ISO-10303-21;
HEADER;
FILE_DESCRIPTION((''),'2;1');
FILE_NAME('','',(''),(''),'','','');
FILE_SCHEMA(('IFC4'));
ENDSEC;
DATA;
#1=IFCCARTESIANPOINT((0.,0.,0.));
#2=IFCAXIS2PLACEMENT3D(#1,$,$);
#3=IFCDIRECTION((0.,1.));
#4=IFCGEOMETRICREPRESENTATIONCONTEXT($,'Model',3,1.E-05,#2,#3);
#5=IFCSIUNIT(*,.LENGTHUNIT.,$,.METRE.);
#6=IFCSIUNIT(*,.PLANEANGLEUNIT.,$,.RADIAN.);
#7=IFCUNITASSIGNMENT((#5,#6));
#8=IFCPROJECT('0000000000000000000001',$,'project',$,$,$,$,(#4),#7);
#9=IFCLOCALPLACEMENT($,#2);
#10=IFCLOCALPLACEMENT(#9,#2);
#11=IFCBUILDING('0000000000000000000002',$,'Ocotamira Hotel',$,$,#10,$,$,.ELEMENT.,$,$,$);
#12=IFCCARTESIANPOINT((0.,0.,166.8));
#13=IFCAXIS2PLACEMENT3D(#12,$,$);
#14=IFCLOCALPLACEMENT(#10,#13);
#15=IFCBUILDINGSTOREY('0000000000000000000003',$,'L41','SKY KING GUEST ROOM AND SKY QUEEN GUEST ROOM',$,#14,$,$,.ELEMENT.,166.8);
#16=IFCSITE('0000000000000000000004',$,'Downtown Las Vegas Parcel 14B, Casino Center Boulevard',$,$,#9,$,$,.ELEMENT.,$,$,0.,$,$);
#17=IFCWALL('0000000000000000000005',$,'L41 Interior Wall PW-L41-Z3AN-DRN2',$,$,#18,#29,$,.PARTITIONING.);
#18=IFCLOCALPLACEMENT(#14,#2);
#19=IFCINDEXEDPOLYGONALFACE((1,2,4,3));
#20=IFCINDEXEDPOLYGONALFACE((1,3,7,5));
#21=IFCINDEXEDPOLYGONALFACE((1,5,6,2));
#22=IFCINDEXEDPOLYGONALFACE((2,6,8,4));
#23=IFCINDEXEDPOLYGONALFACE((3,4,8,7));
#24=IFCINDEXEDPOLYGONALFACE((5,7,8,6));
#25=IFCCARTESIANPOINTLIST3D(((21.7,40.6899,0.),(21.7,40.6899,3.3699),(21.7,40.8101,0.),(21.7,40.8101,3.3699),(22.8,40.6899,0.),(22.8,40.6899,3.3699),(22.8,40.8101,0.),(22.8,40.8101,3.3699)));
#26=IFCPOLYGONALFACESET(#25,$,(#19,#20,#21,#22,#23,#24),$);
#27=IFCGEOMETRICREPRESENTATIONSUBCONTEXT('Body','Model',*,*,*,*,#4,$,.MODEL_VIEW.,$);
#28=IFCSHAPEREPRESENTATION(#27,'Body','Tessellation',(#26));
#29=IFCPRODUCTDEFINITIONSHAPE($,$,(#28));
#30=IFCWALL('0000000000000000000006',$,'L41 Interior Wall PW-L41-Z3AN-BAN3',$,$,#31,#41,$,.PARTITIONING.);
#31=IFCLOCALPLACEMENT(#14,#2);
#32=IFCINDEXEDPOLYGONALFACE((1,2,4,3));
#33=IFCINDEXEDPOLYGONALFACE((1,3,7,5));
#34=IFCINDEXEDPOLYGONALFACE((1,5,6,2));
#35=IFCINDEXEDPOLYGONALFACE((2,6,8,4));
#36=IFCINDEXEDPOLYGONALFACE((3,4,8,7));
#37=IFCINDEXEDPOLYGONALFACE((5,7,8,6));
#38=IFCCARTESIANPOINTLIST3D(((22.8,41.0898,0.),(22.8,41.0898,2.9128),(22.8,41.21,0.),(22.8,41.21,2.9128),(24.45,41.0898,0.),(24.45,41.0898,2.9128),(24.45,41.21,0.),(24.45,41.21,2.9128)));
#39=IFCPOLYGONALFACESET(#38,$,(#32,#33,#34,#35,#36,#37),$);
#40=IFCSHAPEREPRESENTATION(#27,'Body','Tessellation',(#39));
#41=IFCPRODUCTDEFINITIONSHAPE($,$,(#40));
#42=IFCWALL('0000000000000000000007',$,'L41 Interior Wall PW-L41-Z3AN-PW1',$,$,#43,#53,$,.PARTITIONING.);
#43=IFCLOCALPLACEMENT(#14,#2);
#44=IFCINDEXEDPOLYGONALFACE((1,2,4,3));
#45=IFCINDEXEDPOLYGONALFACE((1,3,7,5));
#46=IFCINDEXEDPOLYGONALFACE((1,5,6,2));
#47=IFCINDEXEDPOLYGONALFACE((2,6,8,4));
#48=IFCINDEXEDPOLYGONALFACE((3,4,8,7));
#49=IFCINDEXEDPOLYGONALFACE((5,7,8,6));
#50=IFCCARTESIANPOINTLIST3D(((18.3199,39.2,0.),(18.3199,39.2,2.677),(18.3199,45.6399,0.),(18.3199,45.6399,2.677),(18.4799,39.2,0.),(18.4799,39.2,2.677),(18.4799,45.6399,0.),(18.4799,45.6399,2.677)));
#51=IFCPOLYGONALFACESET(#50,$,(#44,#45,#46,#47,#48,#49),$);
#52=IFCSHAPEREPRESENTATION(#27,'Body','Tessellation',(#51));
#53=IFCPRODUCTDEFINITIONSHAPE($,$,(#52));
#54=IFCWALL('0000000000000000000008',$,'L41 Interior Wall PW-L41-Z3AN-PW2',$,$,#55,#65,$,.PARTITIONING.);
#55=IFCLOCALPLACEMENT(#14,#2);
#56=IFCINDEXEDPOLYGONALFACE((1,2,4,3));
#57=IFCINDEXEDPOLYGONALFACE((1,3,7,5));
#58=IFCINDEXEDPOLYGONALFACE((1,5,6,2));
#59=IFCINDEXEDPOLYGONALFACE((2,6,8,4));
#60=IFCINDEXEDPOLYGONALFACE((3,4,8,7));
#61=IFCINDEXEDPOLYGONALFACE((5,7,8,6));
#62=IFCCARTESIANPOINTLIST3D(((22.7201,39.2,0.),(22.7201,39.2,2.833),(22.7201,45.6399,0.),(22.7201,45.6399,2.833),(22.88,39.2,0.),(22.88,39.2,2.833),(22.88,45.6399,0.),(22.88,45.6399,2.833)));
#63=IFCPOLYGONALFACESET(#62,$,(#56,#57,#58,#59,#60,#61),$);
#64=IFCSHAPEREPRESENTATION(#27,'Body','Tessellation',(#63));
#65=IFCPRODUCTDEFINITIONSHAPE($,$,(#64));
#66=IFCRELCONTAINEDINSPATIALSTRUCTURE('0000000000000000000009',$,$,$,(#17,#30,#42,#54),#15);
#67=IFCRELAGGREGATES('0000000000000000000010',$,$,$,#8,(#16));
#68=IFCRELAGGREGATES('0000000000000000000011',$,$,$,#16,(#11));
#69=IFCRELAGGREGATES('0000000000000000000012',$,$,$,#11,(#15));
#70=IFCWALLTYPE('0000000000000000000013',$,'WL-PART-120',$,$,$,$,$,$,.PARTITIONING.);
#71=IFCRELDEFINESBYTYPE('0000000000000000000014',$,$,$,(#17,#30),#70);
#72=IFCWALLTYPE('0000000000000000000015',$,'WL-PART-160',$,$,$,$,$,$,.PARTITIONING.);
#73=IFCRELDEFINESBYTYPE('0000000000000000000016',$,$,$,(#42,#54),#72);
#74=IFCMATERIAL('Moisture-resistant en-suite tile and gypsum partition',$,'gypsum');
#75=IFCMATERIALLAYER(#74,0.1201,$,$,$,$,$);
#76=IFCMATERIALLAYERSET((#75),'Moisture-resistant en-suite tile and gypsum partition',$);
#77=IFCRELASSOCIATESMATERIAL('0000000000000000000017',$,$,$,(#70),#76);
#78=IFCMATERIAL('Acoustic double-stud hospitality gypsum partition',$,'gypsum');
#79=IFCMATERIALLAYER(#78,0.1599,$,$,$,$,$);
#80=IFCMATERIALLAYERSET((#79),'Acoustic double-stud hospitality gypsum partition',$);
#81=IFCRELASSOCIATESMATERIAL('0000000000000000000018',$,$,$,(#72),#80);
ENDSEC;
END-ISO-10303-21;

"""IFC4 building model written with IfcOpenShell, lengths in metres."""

from ifc_helpers import new_model, si_unit, direction, frame, frame_2d, origin, place, context, subcontext, project, spatial, rectangle, extrude, material, layer, layer_set, type_object, element, save


model = new_model("IFC4")

# Units and contexts
model_context = context("Model", 3, precision=1e-05, world=origin(), true_north=direction((0.0, 1.0)))
body_context = subcontext(model_context, "Body", "Model", "MODEL_VIEW")
ifc_project = project(units=[si_unit("LENGTHUNIT", "METRE"), si_unit("PLANEANGLEUNIT", "RADIAN")], contexts=[model_context])

# Site, building, storey
site_placement = place(None, origin())
site = spatial("IfcSite", under=ifc_project, at=site_placement, Name="Downtown Las Vegas Parcel 14B, Casino Center Boulevard", CompositionType="ELEMENT", RefElevation=0.0)
building_placement = place(site_placement, origin())
building = spatial("IfcBuilding", under=site, at=building_placement, Name="Ocotamira Hotel", CompositionType="ELEMENT")
storey_placement = place(building_placement, frame((0.0, 0.0, 166.8)))
storey = spatial("IfcBuildingStorey", under=building, at=storey_placement, Name="L41", Description="SKY KING GUEST ROOM AND SKY QUEEN GUEST ROOM", CompositionType="ELEMENT", Elevation=166.8)

# Shared definitions
ifc_material_1 = material(Name="Moisture-resistant en-suite tile and gypsum partition", Category="gypsum")
ifc_layer_1 = layer(ifc_material_1, 0.1201)
ifc_layer_set_1 = layer_set([ifc_layer_1], Name="Moisture-resistant en-suite tile and gypsum partition")
wall_type_1 = type_object("IfcWallType", Name="WL-PART-120", PredefinedType="PARTITIONING", material=ifc_layer_set_1)

# Walls
wall_1_placement = place(storey_placement, frame((21.7, 40.75, 0.0), z_axis=(0.0, 0.0, 1.0), x_axis=(1.0, 0.0, 0.0)))
element("IfcWall", 1, at=wall_1_placement, inside=storey, type_object=wall_type_1, Name="L41 Interior Wall PW-L41-Z3AN-DRN2", PredefinedType="PARTITIONING", context=body_context, shape_type="SweptSolid", body=[
    extrude(rectangle(XDim=1.1001, YDim=0.1201, at=frame_2d((0.55, 0.0))), origin(), (0.0, 0.0, 1.0), 3.3699),
])
wall_2_placement = place(storey_placement, frame((22.8, 41.1499, 0.0), z_axis=(0.0, 0.0, 1.0), x_axis=(1.0, 0.0, 0.0)))
element("IfcWall", 2, at=wall_2_placement, inside=storey, type_object=wall_type_1, Name="L41 Interior Wall PW-L41-Z3AN-BAN3", PredefinedType="PARTITIONING", context=body_context, shape_type="SweptSolid", body=[
    extrude(rectangle(XDim=1.6499, YDim=0.1201, at=frame_2d((0.825, 0.0))), origin(), (0.0, 0.0, 1.0), 2.9128),
])
ifc_material_2 = material(Name="Acoustic double-stud hospitality gypsum partition", Category="gypsum")
ifc_layer_2 = layer(ifc_material_2, 0.1599)
ifc_layer_set_2 = layer_set([ifc_layer_2], Name="Acoustic double-stud hospitality gypsum partition")
wall_type_2 = type_object("IfcWallType", Name="WL-PART-160", PredefinedType="PARTITIONING", material=ifc_layer_set_2)
wall_3_placement = place(storey_placement, frame((18.3999, 39.2, 0.0), z_axis=(0.0, 0.0, 1.0), x_axis=(0.0, 1.0, 0.0)))
element("IfcWall", 3, at=wall_3_placement, inside=storey, type_object=wall_type_2, Name="L41 Interior Wall PW-L41-Z3AN-PW1", PredefinedType="PARTITIONING", context=body_context, shape_type="SweptSolid", body=[
    extrude(rectangle(XDim=6.4399, YDim=0.1599, at=frame_2d((3.22, 0.0))), origin(), (0.0, 0.0, 1.0), 2.677),
])
wall_4_placement = place(storey_placement, frame((22.8, 39.2, 0.0), z_axis=(0.0, 0.0, 1.0), x_axis=(0.0, 1.0, 0.0)))
element("IfcWall", 4, at=wall_4_placement, inside=storey, type_object=wall_type_2, Name="L41 Interior Wall PW-L41-Z3AN-PW2", PredefinedType="PARTITIONING", context=body_context, shape_type="SweptSolid", body=[
    extrude(rectangle(XDim=6.4399, YDim=0.1599, at=frame_2d((3.22, 0.0))), origin(), (0.0, 0.0, 1.0), 2.833),
])

save(model, "model.ifc")
